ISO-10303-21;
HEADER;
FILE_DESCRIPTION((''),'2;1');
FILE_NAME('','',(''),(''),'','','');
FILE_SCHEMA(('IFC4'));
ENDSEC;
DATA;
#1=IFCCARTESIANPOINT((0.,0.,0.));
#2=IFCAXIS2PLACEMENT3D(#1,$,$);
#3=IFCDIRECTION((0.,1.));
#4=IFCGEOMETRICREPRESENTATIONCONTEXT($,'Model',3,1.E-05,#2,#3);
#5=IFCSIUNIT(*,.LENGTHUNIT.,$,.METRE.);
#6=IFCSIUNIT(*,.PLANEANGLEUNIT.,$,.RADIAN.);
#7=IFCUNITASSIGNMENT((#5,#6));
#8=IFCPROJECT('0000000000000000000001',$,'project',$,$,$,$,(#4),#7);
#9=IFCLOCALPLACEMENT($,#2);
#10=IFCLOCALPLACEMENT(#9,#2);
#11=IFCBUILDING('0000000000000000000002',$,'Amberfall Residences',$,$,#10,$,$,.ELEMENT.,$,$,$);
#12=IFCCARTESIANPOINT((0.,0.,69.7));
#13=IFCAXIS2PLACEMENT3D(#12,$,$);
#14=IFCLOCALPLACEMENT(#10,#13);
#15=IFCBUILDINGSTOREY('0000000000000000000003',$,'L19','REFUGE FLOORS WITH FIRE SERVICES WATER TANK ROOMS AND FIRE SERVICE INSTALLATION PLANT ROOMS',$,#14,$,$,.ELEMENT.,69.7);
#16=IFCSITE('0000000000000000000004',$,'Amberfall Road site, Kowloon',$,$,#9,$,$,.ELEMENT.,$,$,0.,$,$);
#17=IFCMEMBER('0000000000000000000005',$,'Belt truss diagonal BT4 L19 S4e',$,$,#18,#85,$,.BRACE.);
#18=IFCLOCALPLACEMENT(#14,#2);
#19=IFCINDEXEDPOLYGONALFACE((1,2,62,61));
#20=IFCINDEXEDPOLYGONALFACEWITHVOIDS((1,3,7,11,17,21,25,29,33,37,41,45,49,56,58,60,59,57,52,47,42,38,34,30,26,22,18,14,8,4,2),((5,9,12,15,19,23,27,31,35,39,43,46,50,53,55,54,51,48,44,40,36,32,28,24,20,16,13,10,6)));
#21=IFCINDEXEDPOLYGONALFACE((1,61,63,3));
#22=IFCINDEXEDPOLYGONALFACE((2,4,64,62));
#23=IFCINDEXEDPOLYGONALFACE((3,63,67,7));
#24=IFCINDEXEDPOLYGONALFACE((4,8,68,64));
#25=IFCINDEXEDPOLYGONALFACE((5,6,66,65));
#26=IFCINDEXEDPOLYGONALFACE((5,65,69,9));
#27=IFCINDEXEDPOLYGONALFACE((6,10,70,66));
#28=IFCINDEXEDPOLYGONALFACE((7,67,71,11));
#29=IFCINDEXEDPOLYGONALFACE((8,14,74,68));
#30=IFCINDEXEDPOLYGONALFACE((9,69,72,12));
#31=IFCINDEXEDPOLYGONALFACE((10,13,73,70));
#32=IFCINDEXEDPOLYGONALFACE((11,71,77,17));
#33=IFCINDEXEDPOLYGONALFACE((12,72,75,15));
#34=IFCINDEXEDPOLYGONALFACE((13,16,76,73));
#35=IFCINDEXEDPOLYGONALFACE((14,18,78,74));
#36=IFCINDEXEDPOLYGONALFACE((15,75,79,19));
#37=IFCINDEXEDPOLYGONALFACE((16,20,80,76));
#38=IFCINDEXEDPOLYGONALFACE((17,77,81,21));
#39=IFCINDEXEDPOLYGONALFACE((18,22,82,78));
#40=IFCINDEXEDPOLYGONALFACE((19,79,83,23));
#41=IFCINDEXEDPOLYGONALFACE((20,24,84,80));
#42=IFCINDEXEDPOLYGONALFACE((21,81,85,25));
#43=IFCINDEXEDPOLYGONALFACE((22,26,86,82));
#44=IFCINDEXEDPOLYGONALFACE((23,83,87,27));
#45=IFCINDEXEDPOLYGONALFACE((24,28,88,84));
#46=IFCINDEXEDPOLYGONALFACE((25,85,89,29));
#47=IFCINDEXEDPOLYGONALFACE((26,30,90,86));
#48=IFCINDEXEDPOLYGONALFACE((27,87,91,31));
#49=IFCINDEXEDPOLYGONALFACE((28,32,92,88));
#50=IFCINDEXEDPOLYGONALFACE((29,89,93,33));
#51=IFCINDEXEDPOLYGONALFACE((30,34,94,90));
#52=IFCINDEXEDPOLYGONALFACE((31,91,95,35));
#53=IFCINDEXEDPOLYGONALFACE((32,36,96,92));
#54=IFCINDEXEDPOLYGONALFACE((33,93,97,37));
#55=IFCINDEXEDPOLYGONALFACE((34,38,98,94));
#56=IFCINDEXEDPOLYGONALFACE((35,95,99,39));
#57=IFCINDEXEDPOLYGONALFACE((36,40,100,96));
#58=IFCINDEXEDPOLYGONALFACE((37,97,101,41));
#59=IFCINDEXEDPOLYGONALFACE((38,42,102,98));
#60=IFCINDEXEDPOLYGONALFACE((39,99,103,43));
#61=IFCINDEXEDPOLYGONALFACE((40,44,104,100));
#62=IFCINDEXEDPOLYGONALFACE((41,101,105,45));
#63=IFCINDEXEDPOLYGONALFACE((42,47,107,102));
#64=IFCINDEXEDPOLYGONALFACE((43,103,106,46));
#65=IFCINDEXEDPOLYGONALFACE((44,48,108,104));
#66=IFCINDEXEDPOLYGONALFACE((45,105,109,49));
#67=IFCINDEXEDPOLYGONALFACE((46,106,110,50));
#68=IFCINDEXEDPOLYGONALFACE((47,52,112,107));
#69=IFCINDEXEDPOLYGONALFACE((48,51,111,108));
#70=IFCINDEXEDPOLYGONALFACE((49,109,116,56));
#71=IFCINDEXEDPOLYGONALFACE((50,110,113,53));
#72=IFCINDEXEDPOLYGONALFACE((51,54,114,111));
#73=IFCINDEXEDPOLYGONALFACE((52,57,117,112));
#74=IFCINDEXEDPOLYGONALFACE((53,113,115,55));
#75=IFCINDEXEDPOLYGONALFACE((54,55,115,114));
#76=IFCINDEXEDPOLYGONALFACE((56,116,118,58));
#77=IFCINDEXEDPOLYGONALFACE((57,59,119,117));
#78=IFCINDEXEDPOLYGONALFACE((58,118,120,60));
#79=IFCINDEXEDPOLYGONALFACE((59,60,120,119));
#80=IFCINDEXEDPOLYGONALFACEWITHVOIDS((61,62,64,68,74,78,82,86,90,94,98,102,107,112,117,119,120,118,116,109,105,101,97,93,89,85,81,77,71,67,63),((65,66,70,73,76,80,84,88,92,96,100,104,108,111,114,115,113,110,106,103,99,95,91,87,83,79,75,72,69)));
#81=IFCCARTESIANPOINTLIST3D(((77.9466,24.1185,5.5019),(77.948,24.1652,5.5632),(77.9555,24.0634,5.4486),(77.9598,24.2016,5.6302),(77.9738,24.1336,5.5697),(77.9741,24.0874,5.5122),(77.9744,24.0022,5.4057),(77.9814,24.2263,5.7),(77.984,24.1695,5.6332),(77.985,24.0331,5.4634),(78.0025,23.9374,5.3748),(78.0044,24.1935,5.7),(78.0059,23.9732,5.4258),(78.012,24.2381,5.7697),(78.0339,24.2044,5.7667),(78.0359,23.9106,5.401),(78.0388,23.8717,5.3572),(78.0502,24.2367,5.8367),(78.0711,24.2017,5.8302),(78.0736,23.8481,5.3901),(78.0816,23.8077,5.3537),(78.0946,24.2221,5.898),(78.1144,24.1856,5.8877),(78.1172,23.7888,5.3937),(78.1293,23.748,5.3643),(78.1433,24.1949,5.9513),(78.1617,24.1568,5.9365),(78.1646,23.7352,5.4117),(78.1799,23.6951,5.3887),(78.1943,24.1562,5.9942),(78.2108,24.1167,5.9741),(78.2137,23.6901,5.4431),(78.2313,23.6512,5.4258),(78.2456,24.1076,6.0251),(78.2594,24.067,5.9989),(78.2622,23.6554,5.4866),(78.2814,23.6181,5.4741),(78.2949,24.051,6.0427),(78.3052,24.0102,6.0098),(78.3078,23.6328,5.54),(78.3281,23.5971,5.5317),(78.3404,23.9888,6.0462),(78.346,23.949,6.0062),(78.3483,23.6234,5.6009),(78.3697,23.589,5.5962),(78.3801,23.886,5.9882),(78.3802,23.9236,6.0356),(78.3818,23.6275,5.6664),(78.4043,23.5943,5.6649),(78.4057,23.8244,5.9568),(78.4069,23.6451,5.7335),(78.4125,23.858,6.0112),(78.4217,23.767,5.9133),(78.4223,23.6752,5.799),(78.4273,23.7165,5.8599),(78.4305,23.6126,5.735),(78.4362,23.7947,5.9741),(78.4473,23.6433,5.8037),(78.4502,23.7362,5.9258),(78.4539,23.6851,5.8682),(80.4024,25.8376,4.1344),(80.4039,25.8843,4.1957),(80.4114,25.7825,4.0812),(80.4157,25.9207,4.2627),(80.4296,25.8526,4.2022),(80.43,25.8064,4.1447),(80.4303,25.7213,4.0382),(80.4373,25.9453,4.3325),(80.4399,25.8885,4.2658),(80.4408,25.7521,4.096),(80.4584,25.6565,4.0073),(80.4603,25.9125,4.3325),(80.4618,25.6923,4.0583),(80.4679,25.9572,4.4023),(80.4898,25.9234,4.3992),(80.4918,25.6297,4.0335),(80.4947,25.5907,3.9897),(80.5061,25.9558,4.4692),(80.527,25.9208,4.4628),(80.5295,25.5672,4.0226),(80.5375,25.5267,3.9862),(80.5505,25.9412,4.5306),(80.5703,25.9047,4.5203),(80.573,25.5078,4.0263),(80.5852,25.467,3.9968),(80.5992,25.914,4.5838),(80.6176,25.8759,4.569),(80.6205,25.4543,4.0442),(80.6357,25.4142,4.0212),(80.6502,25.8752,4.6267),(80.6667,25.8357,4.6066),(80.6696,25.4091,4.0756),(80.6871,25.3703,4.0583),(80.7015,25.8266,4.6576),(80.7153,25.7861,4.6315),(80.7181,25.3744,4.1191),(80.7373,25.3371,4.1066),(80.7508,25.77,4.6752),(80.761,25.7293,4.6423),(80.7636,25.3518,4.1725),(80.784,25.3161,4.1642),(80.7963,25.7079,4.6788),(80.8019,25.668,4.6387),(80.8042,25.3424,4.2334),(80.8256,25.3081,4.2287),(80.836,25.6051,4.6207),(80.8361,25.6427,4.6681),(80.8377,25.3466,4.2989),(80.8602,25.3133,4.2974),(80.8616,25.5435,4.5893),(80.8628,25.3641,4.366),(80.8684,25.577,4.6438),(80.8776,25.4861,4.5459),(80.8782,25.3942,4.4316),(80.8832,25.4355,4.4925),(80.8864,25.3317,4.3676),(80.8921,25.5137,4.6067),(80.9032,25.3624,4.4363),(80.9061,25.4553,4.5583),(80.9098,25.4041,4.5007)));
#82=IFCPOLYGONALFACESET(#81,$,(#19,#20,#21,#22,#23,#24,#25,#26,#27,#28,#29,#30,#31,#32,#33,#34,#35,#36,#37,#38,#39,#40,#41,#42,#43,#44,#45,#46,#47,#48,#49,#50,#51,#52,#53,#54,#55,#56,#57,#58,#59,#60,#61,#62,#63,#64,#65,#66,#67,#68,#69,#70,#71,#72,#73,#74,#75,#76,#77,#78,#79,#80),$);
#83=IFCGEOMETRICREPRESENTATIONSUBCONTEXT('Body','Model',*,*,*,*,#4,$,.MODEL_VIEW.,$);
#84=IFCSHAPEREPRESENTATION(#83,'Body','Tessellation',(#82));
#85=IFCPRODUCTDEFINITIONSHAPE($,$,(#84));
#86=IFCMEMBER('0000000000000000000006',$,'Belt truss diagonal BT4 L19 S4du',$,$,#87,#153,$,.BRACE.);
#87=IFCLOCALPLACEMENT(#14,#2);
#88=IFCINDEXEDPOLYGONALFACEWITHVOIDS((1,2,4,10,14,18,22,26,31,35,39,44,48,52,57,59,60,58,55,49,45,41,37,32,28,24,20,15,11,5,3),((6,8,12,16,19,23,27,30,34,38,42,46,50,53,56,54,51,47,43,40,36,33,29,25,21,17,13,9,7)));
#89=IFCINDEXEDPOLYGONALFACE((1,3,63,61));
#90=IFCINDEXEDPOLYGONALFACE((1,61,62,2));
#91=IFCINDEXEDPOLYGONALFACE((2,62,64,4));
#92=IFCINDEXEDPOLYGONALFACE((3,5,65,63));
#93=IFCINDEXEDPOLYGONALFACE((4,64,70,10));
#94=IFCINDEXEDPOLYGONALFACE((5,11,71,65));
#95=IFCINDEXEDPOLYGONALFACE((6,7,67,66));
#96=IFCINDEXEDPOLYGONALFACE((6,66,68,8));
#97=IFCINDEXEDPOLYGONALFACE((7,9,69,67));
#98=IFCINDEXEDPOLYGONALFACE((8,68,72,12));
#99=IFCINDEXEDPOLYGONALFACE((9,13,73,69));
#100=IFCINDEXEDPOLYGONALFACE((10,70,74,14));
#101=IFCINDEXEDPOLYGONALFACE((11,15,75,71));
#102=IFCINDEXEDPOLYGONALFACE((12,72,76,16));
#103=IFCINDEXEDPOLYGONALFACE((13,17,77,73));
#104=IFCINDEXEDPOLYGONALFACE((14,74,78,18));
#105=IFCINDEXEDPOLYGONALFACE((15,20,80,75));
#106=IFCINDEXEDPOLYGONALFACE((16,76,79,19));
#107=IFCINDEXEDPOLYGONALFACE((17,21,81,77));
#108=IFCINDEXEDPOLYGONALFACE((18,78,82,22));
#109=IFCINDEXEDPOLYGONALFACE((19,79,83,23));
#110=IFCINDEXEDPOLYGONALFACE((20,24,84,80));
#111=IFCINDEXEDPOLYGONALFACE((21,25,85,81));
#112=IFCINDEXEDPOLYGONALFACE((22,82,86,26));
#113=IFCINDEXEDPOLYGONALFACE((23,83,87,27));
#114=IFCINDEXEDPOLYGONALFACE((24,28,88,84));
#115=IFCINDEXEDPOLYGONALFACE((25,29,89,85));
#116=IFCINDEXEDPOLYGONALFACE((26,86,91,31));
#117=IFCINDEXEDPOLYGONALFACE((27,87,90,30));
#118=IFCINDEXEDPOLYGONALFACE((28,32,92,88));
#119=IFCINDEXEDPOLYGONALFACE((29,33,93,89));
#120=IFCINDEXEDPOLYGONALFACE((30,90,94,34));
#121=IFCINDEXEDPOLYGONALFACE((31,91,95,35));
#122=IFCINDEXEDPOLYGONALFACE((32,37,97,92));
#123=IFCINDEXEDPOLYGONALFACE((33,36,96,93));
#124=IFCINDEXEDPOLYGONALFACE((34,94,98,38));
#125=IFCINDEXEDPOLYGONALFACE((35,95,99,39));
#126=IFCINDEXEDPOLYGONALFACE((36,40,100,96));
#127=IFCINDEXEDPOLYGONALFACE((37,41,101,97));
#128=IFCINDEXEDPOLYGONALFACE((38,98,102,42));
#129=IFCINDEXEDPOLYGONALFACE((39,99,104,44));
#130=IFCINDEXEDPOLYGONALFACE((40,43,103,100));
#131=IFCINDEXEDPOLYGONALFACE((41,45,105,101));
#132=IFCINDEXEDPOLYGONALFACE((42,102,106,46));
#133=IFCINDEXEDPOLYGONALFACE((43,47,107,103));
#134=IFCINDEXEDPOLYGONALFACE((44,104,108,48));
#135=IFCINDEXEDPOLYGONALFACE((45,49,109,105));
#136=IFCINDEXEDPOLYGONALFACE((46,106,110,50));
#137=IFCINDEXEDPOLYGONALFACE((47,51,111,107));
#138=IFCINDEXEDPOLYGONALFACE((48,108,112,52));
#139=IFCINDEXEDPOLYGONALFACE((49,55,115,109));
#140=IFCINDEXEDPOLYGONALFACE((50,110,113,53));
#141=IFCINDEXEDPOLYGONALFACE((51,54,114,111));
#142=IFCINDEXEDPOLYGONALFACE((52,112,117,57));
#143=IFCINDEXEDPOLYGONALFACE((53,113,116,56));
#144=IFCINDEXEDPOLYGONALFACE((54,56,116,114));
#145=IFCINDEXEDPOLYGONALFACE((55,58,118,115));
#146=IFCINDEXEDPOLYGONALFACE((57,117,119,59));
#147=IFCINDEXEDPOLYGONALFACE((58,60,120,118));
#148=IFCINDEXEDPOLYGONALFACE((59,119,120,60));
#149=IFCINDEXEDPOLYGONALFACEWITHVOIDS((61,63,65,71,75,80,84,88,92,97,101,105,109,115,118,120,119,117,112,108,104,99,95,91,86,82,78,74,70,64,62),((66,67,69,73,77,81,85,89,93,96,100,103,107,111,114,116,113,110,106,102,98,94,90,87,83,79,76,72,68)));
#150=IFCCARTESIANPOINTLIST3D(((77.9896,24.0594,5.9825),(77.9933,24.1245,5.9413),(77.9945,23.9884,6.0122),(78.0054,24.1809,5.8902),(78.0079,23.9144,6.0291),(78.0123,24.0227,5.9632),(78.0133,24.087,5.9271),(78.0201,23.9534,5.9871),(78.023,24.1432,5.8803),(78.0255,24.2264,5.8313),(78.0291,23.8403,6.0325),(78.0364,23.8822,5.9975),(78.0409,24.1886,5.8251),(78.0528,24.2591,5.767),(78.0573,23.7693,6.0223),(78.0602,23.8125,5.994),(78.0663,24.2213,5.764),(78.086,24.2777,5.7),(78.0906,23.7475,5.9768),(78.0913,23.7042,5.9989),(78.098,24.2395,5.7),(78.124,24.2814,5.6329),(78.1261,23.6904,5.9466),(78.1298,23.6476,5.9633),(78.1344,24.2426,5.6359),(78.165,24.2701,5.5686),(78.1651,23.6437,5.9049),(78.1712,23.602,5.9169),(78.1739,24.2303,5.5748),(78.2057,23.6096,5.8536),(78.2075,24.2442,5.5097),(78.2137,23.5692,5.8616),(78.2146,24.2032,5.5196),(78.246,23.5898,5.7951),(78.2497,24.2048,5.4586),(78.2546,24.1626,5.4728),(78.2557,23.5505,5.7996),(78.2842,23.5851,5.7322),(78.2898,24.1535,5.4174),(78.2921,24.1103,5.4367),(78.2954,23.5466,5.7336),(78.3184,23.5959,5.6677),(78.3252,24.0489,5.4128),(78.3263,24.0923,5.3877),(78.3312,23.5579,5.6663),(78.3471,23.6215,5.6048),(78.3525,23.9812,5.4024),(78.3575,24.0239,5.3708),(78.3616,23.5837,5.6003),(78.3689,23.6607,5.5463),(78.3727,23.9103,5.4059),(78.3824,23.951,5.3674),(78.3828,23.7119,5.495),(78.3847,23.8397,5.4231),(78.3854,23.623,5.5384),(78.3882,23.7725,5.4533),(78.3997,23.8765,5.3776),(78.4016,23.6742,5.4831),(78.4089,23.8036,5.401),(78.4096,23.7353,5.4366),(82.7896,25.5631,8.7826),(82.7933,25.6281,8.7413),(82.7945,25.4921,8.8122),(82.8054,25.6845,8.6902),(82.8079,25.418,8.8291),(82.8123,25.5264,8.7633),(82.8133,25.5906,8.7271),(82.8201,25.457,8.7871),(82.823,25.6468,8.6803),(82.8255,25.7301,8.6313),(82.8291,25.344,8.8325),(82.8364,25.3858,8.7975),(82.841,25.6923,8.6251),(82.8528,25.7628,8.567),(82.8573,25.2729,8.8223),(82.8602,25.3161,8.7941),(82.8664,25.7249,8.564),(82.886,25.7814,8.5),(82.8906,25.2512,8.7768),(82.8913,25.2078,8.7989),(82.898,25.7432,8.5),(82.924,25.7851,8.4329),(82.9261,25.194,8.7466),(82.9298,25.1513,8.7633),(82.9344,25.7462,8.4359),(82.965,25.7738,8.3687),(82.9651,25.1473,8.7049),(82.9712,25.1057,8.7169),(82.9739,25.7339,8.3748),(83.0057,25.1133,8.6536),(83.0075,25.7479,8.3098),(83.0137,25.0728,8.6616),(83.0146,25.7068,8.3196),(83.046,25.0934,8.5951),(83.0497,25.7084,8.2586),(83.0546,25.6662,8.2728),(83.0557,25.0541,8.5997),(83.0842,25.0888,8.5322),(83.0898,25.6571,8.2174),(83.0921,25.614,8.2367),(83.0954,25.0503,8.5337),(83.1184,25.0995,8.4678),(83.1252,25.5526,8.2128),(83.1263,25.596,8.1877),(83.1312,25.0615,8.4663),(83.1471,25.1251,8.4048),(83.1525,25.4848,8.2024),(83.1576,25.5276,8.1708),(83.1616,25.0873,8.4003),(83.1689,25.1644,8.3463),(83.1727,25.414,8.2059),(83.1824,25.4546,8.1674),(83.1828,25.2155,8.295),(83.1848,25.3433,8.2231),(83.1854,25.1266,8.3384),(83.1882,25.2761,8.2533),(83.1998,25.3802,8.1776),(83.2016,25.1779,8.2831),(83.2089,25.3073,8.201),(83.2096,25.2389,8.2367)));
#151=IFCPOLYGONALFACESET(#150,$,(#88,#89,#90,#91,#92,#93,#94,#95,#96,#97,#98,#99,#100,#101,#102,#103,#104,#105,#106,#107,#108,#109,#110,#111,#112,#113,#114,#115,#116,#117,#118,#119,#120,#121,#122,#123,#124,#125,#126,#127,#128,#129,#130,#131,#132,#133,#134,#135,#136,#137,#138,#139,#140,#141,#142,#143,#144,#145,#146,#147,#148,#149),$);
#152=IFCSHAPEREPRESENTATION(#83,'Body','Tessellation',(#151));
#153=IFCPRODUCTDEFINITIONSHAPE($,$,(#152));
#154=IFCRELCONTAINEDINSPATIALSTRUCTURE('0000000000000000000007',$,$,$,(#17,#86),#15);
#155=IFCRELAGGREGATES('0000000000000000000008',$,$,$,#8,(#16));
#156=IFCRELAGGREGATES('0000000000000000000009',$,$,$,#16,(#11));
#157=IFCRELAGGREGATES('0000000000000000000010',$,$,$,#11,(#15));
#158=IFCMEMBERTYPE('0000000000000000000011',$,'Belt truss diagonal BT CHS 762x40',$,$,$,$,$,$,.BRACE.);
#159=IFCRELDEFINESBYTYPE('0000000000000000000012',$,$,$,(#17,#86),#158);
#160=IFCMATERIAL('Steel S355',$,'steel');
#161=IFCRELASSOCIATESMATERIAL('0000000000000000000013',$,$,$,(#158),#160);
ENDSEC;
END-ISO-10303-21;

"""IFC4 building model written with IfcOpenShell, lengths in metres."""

from ifc_helpers import new_model, si_unit, direction, frame, origin, origin_2d, place, context, subcontext, project, spatial, hollow_circle, extrude, material, material_profile, profile_set, type_object, element, save


model = new_model("IFC4")

# Units and contexts
model_context = context("Model", 3, precision=1e-05, world=origin(), true_north=direction((0.0, 1.0)))
body_context = subcontext(model_context, "Body", "Model", "MODEL_VIEW")
ifc_project = project(units=[si_unit("LENGTHUNIT", "METRE"), si_unit("PLANEANGLEUNIT", "RADIAN")], contexts=[model_context])

# Site, building, storey
site_placement = place(None, origin())
site = spatial("IfcSite", under=ifc_project, at=site_placement, Name="Amberfall Road site, Kowloon", CompositionType="ELEMENT", RefElevation=0.0)
building_placement = place(site_placement, origin())
building = spatial("IfcBuilding", under=site, at=building_placement, Name="Amberfall Residences", CompositionType="ELEMENT")
storey_placement = place(building_placement, frame((0.0, 0.0, 69.7)))
storey = spatial("IfcBuildingStorey", under=building, at=storey_placement, Name="L19", Description="REFUGE FLOORS WITH FIRE SERVICES WATER TANK ROOMS AND FIRE SERVICE INSTALLATION PLANT ROOMS", CompositionType="ELEMENT", Elevation=69.7)

# Shared definitions
ifc_material_1 = material(Name="Steel S355", Category="steel")

# Members
ifc_material_profile_1 = material_profile(ifc_material_1, hollow_circle(Radius=0.3811, WallThickness=0.04, at=origin_2d()), Name="CHS 762x40")
ifc_profile_set_1 = profile_set([ifc_material_profile_1], Name="Steel S355")
member_type_1 = type_object("IfcMemberType", Name="Belt truss diagonal BT CHS 762x40", PredefinedType="BRACE", material=ifc_profile_set_1)
member_1_placement = place(storey_placement, frame((78.2, 23.9141, 5.7), z_axis=(0.745356, 0.521727, -0.415025), x_axis=(-0.573446, 0.819243, 0.0)))
element("IfcMember", 1, at=member_1_placement, inside=storey, type_object=member_type_1, Name="Belt truss diagonal BT4 L19 S4e", PredefinedType="BRACE", context=body_context, shape_type="SweptSolid", body=[
    extrude(hollow_circle(Radius=0.3811, WallThickness=0.04, at=origin_2d()), origin(), (0.0, 0.0, 1.0), 3.2949),
])
member_2_placement = place(storey_placement, frame((78.2, 23.9141, 5.7), z_axis=(0.833793, 0.261194, 0.486382), x_axis=(-0.298935, 0.954273, 0.0)))
element("IfcMember", 2, at=member_2_placement, inside=storey, type_object=member_type_1, Name="Belt truss diagonal BT4 L19 S4du", PredefinedType="BRACE", context=body_context, shape_type="SweptSolid", body=[
    extrude(hollow_circle(Radius=0.3811, WallThickness=0.04, at=origin_2d()), origin(), (0.0, 0.0, 1.0), 5.7568),
])

save(model, "model.ifc")
